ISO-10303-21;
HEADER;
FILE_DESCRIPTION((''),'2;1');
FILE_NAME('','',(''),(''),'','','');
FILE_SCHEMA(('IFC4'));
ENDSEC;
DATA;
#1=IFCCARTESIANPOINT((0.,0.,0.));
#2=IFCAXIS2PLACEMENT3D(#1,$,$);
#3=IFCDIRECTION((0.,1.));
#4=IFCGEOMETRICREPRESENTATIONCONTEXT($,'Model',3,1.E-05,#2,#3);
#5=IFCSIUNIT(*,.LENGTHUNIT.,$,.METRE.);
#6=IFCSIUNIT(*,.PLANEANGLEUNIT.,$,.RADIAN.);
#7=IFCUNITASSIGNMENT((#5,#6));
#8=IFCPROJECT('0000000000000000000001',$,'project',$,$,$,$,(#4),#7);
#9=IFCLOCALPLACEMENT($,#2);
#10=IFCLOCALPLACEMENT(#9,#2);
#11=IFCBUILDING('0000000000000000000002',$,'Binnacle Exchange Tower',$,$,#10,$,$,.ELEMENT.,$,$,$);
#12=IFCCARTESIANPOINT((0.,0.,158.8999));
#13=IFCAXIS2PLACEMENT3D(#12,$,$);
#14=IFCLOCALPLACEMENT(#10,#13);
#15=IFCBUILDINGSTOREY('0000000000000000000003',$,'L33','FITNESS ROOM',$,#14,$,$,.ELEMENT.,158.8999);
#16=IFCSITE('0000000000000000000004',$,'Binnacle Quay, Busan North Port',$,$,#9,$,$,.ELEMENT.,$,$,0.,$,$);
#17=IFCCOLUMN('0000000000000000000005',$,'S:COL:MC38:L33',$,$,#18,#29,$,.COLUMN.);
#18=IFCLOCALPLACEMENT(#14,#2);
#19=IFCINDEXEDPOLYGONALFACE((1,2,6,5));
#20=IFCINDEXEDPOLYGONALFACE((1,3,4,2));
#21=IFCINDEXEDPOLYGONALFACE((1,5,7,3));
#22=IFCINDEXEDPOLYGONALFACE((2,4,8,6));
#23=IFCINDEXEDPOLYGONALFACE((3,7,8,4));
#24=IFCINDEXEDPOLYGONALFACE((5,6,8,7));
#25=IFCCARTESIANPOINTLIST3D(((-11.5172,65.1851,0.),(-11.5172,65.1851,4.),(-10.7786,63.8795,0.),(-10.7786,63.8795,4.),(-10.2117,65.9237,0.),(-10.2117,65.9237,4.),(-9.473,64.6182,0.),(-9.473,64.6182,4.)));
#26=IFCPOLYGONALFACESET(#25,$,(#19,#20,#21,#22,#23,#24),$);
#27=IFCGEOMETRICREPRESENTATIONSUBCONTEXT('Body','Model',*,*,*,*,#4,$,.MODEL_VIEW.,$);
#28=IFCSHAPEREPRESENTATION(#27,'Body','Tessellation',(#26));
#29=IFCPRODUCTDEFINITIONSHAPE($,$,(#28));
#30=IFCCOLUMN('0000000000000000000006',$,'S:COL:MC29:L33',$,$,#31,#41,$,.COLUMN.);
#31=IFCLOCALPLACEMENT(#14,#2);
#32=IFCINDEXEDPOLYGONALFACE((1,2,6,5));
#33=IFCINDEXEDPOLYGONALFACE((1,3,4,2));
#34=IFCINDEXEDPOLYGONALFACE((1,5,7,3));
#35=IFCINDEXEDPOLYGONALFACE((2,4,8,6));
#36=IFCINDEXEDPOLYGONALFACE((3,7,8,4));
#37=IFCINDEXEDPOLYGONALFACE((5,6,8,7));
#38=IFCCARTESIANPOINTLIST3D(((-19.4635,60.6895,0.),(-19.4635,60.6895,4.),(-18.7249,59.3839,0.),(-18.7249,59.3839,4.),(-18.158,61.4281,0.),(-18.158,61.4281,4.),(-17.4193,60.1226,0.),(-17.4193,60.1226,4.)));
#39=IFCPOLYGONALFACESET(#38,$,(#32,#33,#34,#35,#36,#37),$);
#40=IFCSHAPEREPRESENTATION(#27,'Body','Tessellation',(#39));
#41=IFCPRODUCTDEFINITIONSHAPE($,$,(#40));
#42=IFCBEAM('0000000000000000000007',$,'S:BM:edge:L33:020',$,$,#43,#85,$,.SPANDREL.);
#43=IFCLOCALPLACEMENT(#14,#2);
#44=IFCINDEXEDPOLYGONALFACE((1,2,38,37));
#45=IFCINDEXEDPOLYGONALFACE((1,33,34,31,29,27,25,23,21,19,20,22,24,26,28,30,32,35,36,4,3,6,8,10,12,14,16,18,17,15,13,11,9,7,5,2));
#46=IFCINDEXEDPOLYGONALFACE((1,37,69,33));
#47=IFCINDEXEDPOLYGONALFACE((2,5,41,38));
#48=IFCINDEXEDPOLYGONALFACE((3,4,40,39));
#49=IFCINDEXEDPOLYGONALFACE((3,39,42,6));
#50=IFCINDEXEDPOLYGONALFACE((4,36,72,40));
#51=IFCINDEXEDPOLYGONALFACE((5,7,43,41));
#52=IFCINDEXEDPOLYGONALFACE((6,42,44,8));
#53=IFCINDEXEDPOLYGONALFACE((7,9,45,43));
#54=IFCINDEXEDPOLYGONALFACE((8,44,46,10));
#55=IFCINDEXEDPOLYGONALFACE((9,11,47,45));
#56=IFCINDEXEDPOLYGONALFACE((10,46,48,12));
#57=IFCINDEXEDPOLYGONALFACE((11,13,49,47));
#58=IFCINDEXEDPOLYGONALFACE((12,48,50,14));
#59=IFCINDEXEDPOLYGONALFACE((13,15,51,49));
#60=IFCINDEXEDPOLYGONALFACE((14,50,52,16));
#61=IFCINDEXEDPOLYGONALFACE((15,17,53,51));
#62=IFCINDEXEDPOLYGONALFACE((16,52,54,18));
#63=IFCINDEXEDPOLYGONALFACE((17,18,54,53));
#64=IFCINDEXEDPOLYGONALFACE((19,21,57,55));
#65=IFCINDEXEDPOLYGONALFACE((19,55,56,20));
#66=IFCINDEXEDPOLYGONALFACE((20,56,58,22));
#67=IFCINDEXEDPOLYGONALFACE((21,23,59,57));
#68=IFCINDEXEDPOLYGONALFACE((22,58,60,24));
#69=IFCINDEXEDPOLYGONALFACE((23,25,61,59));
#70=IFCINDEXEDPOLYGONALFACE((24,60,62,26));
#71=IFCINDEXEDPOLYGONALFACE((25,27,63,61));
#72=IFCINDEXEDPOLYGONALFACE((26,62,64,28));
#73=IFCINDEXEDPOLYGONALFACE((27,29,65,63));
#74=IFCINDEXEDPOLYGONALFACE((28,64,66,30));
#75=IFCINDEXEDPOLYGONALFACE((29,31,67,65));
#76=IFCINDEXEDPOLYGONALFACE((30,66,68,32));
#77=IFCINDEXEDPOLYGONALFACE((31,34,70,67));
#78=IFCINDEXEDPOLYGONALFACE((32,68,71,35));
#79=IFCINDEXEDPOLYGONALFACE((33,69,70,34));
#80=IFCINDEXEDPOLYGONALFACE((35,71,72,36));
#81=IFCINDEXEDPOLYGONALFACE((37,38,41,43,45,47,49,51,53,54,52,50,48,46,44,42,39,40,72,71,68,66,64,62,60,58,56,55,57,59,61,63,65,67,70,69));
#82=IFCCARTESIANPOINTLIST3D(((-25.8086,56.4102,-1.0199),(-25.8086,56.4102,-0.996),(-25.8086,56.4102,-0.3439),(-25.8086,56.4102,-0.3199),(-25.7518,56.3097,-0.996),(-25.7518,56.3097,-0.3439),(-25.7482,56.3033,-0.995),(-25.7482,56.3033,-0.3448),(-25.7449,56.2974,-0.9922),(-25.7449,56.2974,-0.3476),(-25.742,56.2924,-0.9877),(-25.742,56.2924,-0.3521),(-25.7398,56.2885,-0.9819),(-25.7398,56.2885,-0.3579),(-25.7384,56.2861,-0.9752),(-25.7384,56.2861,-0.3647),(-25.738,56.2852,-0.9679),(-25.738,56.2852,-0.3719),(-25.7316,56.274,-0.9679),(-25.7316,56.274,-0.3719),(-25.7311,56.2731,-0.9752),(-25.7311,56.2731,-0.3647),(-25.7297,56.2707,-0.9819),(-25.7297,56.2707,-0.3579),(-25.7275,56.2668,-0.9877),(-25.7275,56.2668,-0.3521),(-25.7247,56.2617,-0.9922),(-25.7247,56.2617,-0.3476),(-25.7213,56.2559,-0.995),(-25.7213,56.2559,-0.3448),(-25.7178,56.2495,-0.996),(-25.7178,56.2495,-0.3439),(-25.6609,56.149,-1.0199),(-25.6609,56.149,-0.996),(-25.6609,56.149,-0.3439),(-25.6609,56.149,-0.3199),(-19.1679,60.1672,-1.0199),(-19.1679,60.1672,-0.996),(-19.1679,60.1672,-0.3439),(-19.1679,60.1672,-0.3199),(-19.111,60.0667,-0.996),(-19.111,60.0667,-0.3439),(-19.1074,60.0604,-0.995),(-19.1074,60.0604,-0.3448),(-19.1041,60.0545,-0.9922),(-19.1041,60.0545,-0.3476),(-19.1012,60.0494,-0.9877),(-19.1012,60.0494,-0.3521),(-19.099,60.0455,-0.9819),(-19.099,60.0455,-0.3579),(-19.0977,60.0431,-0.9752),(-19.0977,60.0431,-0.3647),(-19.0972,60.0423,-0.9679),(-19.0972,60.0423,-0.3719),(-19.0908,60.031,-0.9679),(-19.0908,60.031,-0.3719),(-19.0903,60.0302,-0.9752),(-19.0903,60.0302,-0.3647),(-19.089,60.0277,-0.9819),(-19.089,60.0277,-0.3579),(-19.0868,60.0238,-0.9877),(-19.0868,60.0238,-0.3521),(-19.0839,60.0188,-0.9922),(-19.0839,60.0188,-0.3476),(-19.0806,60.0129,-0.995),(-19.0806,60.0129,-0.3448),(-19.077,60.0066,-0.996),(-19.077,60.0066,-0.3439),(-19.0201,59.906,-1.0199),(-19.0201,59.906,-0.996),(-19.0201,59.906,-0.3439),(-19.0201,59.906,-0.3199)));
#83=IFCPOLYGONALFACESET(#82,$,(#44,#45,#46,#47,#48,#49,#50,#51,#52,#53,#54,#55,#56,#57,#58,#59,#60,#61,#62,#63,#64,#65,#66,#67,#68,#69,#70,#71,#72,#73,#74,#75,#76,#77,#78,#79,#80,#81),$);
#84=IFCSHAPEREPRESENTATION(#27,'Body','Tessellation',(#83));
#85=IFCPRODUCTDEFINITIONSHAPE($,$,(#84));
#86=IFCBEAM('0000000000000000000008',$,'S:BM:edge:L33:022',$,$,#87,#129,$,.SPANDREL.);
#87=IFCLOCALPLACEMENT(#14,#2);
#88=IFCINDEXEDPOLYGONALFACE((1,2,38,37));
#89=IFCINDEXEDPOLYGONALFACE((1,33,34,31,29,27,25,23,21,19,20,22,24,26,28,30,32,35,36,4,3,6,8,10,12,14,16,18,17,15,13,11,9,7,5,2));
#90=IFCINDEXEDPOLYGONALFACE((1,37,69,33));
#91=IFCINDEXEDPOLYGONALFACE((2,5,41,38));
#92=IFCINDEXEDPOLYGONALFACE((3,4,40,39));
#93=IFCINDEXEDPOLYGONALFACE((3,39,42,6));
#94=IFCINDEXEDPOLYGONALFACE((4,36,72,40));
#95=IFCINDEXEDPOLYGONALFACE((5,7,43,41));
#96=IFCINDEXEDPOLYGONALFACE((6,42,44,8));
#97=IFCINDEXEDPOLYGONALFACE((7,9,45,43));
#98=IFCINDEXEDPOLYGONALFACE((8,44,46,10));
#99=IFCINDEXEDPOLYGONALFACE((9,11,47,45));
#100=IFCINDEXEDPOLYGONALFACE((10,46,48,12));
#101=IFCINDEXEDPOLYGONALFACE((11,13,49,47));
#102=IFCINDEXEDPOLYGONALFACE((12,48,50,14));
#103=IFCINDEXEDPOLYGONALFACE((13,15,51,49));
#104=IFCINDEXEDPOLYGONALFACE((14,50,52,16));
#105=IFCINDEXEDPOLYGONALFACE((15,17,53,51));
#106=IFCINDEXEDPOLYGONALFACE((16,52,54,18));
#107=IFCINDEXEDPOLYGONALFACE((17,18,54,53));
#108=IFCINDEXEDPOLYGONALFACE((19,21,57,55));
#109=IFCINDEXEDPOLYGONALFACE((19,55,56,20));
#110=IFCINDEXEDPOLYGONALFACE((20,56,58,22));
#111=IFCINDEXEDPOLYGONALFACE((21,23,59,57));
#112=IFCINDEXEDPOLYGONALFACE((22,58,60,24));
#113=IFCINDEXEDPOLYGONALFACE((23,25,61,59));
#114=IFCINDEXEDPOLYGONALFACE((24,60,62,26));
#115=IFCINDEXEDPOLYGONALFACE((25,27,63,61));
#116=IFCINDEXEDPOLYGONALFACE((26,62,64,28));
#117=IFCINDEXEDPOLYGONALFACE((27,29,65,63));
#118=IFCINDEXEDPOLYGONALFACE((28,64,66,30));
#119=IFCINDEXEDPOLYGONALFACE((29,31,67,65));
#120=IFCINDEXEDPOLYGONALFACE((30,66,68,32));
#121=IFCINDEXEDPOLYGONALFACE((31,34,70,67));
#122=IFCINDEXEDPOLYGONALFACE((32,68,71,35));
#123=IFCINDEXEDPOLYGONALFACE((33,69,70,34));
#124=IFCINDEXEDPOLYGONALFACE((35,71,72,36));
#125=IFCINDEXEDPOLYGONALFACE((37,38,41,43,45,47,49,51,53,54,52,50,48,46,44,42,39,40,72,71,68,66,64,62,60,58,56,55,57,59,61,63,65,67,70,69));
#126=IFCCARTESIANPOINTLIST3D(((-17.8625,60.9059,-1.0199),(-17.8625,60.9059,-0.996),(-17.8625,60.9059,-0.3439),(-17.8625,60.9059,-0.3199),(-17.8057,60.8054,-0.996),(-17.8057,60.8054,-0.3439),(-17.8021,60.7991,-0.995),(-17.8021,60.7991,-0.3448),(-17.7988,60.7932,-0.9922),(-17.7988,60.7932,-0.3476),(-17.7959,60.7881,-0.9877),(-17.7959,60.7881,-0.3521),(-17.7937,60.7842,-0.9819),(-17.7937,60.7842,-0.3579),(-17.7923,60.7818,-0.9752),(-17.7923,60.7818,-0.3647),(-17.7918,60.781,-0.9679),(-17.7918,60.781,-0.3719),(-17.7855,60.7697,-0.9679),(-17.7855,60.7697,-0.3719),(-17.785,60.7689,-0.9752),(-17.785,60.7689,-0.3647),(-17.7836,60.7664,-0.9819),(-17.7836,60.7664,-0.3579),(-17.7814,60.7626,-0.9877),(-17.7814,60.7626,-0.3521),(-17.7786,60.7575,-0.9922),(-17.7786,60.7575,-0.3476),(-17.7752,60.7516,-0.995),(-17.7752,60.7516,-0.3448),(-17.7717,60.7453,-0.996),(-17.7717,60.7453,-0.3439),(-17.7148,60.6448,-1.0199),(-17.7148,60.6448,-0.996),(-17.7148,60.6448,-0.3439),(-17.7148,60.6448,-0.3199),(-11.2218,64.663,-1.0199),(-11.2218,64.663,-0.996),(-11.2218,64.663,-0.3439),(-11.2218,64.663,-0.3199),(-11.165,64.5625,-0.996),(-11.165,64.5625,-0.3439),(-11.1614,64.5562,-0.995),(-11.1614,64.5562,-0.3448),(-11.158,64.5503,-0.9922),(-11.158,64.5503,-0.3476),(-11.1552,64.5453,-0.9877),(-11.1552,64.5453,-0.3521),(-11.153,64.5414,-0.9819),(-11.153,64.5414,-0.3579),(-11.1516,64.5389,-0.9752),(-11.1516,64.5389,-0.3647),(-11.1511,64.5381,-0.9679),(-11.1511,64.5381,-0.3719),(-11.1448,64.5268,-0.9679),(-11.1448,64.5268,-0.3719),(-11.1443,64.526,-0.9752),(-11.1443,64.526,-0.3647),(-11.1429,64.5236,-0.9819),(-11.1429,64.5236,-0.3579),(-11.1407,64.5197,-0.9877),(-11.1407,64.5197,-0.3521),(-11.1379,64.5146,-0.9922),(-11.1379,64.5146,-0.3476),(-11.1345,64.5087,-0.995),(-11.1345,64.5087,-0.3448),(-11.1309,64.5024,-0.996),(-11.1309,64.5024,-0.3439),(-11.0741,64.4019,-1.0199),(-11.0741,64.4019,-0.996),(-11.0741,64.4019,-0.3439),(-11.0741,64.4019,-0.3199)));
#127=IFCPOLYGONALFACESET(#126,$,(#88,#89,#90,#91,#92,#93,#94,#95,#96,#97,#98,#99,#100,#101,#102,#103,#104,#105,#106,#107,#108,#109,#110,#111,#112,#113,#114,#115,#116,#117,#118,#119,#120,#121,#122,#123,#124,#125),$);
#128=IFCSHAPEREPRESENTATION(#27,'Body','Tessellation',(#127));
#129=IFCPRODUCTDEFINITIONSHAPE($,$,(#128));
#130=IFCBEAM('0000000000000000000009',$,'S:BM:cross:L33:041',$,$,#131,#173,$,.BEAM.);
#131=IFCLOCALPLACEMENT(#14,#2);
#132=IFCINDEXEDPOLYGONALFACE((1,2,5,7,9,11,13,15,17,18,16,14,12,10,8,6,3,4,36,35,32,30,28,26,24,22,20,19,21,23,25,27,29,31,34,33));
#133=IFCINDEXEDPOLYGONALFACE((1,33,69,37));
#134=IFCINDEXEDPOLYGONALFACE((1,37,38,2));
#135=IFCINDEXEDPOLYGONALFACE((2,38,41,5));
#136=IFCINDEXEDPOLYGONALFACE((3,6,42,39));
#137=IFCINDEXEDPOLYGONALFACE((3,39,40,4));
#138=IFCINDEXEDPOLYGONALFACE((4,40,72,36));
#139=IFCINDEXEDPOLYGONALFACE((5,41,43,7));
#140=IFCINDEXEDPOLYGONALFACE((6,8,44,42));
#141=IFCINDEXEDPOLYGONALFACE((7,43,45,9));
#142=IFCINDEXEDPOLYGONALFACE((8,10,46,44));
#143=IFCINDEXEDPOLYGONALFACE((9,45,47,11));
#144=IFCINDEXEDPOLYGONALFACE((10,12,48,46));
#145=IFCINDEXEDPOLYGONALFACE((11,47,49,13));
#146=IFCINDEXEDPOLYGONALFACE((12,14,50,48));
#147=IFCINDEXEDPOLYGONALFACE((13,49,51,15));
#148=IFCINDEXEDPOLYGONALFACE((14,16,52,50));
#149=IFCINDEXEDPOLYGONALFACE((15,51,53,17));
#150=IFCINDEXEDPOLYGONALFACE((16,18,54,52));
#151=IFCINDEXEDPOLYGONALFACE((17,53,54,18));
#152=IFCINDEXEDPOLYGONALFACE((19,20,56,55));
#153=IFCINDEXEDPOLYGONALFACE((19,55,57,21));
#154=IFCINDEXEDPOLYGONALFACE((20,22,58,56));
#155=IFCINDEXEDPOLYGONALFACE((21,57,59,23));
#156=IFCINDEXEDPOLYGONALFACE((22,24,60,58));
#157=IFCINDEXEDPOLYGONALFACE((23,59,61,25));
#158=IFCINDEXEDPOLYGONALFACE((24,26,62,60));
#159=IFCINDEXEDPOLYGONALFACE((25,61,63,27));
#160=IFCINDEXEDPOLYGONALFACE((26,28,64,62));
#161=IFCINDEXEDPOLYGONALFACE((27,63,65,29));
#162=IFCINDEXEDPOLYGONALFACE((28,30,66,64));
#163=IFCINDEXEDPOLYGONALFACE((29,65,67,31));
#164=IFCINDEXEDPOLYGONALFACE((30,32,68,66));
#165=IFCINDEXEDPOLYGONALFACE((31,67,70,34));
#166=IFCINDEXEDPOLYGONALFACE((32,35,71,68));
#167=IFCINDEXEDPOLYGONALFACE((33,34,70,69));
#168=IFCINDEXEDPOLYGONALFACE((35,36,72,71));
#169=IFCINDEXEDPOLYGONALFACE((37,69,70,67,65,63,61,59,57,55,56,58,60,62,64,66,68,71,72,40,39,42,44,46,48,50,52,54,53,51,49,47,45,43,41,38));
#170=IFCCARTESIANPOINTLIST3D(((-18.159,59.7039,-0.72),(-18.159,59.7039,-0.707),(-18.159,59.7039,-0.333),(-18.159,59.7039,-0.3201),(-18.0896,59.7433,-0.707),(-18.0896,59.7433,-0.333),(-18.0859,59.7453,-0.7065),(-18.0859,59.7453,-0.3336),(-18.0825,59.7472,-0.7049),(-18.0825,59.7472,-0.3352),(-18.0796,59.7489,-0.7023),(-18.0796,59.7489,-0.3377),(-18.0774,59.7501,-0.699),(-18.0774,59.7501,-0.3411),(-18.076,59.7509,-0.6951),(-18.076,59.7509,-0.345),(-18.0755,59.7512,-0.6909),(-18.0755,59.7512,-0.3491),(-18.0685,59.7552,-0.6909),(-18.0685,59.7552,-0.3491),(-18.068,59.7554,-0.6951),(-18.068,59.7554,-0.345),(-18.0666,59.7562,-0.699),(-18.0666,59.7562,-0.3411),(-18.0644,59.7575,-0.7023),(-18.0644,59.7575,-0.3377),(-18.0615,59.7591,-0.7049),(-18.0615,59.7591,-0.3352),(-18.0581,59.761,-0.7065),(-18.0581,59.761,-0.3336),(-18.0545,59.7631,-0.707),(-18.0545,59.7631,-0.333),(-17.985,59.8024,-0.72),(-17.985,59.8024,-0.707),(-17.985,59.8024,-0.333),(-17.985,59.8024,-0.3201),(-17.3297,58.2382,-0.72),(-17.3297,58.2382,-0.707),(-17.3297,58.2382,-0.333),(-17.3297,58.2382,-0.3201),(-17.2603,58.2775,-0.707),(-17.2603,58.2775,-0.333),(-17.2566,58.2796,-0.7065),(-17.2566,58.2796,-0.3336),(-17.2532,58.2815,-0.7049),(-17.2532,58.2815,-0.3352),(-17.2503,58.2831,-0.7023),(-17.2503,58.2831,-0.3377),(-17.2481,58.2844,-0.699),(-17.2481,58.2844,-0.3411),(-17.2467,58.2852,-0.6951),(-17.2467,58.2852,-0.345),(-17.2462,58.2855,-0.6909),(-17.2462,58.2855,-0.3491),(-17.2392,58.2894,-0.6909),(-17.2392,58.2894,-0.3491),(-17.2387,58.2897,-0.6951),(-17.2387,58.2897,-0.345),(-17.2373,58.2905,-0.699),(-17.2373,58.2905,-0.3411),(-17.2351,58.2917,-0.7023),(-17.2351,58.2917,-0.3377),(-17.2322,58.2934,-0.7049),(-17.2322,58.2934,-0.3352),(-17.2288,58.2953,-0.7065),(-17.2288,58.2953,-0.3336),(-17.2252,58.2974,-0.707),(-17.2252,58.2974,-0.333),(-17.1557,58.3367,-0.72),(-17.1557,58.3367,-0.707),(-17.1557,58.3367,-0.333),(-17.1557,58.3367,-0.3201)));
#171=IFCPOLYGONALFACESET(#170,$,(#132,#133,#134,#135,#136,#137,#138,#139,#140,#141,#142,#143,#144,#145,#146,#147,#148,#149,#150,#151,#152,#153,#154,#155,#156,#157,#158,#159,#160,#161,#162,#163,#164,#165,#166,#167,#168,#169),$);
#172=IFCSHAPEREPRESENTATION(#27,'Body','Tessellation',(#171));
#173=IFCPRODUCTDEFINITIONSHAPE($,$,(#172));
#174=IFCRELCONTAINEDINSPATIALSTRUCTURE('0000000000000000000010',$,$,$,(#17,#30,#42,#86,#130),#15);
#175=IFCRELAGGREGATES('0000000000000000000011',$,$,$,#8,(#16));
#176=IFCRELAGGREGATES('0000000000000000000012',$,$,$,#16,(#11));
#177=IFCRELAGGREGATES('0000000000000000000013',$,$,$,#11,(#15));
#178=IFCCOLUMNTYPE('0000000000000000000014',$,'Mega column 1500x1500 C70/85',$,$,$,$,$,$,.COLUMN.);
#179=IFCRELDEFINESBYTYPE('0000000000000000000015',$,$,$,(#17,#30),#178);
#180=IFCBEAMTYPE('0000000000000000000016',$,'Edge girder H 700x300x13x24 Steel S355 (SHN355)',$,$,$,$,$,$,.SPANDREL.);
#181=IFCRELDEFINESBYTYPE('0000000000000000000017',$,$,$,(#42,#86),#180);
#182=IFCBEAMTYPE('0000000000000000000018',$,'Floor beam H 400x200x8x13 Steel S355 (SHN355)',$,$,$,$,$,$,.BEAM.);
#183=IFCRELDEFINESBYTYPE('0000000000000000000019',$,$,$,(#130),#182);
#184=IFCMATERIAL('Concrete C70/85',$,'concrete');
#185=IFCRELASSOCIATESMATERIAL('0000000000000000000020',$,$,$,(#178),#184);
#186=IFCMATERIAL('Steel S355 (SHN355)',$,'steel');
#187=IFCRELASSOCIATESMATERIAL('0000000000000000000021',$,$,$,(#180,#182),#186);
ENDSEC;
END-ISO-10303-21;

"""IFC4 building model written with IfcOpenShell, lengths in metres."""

from ifc_helpers import new_model, si_unit, direction, frame, origin, origin_2d, place, context, subcontext, project, spatial, rectangle, i_section, extrude, material, material_profile, profile_set, type_object, element, save


model = new_model("IFC4")

# Units and contexts
model_context = context("Model", 3, precision=1e-05, world=origin(), true_north=direction((0.0, 1.0)))
body_context = subcontext(model_context, "Body", "Model", "MODEL_VIEW")
ifc_project = project(units=[si_unit("LENGTHUNIT", "METRE"), si_unit("PLANEANGLEUNIT", "RADIAN")], contexts=[model_context])

# Site, building, storey
site_placement = place(None, origin())
site = spatial("IfcSite", under=ifc_project, at=site_placement, Name="Binnacle Quay, Busan North Port", CompositionType="ELEMENT", RefElevation=0.0)
building_placement = place(site_placement, origin())
building = spatial("IfcBuilding", under=site, at=building_placement, Name="Binnacle Exchange Tower", CompositionType="ELEMENT")
storey_placement = place(building_placement, frame((0.0, 0.0, 158.8999)))
storey = spatial("IfcBuildingStorey", under=building, at=storey_placement, Name="L33", Description="FITNESS ROOM", CompositionType="ELEMENT", Elevation=158.8999)

# Columns
ifc_material_1 = material(Name="Concrete C70/85", Category="concrete")
ifc_material_profile_1 = material_profile(ifc_material_1, rectangle(XDim=1.5, YDim=1.5, at=origin_2d()), Name="Mega column 1500x1500 C70/85")
ifc_profile_set_1 = profile_set([ifc_material_profile_1], Name="Concrete C70/85")
column_type = type_object("IfcColumnType", Name="Mega column 1500x1500 C70/85", PredefinedType="COLUMN", material=ifc_profile_set_1)
for number, where, z_axis, x_axis, name in (
    (1, (-10.4951, 64.9016, 0.0), (0.0, 0.0, 1.0), (-0.870356, -0.492424, 0.0), "S:COL:MC38:L33"),
    (2, (-18.4414, 60.406, 0.0), (0.0, 0.0, 1.0), (-0.870356, -0.492424, 0.0), "S:COL:MC29:L33"),
):
    element("IfcColumn", number, at=place(storey_placement, frame(where, z_axis=z_axis, x_axis=x_axis)), inside=storey, type_object=column_type, Name=name, PredefinedType="COLUMN", context=body_context, shape_type="SweptSolid", body=[
        extrude(rectangle(XDim=1.5, YDim=1.5, at=origin_2d()), origin(), (0.0, 0.0, 1.0), 4.0),
    ])

# Beams
ifc_material_2 = material(Name="Steel S355 (SHN355)", Category="steel")
ifc_material_profile_2 = material_profile(ifc_material_2, i_section(OverallWidth=0.3, OverallDepth=0.7, WebThickness=0.0129, FlangeThickness=0.0239, FilletRadius=0.0281, at=origin_2d()), Name="H 700x300x13x24")
ifc_profile_set_2 = profile_set([ifc_material_profile_2], Name="Steel S355 (SHN355)")
beam_type_1 = type_object("IfcBeamType", Name="Edge girder H 700x300x13x24 Steel S355 (SHN355)", PredefinedType="SPANDREL", material=ifc_profile_set_2)
for number, where, z_axis, x_axis, name in (
    (3, (-19.094, 60.0366, -0.6699), (-0.870364, -0.492409, 0.0), (0.492409, -0.870364, 0.0), "S:BM:edge:L33:020"),
    (4, (-11.1479, 64.5325, -0.6699), (-0.870356, -0.492423, 0.0), (0.492423, -0.870356, 0.0), "S:BM:edge:L33:022"),
):
    element("IfcBeam", number, at=place(storey_placement, frame(where, z_axis=z_axis, x_axis=x_axis)), inside=storey, type_object=beam_type_1, Name=name, PredefinedType="SPANDREL", context=body_context, shape_type="SweptSolid", body=[
        extrude(i_section(OverallWidth=0.3, OverallDepth=0.7, WebThickness=0.0129, FlangeThickness=0.0239, FilletRadius=0.0281, at=origin_2d()), origin(), (0.0, 0.0, 1.0), 7.6299),
    ])
ifc_material_profile_3 = material_profile(ifc_material_2, i_section(OverallWidth=0.2, OverallDepth=0.3999, WebThickness=0.0081, FlangeThickness=0.0129, FilletRadius=0.0161, at=origin_2d()), Name="H 400x200x8x13")
ifc_profile_set_3 = profile_set([ifc_material_profile_3], Name="Steel S355 (SHN355)")
beam_type_2 = type_object("IfcBeamType", Name="Floor beam H 400x200x8x13 Steel S355 (SHN355)", PredefinedType="BEAM", material=ifc_profile_set_3)
beam_1_placement = place(storey_placement, frame((-18.072, 59.7532, -0.52), z_axis=(0.492435, -0.870349, 0.0), x_axis=(0.870349, 0.492435, 0.0)))
element("IfcBeam", 5, at=beam_1_placement, inside=storey, type_object=beam_type_2, Name="S:BM:cross:L33:041", PredefinedType="BEAM", context=body_context, shape_type="SweptSolid", body=[
    extrude(i_section(OverallWidth=0.2, OverallDepth=0.3999, WebThickness=0.0081, FlangeThickness=0.0129, FilletRadius=0.0161, at=origin_2d()), origin(), (0.0, 0.0, 1.0), 1.6841),
])

save(model, "model.ifc")
